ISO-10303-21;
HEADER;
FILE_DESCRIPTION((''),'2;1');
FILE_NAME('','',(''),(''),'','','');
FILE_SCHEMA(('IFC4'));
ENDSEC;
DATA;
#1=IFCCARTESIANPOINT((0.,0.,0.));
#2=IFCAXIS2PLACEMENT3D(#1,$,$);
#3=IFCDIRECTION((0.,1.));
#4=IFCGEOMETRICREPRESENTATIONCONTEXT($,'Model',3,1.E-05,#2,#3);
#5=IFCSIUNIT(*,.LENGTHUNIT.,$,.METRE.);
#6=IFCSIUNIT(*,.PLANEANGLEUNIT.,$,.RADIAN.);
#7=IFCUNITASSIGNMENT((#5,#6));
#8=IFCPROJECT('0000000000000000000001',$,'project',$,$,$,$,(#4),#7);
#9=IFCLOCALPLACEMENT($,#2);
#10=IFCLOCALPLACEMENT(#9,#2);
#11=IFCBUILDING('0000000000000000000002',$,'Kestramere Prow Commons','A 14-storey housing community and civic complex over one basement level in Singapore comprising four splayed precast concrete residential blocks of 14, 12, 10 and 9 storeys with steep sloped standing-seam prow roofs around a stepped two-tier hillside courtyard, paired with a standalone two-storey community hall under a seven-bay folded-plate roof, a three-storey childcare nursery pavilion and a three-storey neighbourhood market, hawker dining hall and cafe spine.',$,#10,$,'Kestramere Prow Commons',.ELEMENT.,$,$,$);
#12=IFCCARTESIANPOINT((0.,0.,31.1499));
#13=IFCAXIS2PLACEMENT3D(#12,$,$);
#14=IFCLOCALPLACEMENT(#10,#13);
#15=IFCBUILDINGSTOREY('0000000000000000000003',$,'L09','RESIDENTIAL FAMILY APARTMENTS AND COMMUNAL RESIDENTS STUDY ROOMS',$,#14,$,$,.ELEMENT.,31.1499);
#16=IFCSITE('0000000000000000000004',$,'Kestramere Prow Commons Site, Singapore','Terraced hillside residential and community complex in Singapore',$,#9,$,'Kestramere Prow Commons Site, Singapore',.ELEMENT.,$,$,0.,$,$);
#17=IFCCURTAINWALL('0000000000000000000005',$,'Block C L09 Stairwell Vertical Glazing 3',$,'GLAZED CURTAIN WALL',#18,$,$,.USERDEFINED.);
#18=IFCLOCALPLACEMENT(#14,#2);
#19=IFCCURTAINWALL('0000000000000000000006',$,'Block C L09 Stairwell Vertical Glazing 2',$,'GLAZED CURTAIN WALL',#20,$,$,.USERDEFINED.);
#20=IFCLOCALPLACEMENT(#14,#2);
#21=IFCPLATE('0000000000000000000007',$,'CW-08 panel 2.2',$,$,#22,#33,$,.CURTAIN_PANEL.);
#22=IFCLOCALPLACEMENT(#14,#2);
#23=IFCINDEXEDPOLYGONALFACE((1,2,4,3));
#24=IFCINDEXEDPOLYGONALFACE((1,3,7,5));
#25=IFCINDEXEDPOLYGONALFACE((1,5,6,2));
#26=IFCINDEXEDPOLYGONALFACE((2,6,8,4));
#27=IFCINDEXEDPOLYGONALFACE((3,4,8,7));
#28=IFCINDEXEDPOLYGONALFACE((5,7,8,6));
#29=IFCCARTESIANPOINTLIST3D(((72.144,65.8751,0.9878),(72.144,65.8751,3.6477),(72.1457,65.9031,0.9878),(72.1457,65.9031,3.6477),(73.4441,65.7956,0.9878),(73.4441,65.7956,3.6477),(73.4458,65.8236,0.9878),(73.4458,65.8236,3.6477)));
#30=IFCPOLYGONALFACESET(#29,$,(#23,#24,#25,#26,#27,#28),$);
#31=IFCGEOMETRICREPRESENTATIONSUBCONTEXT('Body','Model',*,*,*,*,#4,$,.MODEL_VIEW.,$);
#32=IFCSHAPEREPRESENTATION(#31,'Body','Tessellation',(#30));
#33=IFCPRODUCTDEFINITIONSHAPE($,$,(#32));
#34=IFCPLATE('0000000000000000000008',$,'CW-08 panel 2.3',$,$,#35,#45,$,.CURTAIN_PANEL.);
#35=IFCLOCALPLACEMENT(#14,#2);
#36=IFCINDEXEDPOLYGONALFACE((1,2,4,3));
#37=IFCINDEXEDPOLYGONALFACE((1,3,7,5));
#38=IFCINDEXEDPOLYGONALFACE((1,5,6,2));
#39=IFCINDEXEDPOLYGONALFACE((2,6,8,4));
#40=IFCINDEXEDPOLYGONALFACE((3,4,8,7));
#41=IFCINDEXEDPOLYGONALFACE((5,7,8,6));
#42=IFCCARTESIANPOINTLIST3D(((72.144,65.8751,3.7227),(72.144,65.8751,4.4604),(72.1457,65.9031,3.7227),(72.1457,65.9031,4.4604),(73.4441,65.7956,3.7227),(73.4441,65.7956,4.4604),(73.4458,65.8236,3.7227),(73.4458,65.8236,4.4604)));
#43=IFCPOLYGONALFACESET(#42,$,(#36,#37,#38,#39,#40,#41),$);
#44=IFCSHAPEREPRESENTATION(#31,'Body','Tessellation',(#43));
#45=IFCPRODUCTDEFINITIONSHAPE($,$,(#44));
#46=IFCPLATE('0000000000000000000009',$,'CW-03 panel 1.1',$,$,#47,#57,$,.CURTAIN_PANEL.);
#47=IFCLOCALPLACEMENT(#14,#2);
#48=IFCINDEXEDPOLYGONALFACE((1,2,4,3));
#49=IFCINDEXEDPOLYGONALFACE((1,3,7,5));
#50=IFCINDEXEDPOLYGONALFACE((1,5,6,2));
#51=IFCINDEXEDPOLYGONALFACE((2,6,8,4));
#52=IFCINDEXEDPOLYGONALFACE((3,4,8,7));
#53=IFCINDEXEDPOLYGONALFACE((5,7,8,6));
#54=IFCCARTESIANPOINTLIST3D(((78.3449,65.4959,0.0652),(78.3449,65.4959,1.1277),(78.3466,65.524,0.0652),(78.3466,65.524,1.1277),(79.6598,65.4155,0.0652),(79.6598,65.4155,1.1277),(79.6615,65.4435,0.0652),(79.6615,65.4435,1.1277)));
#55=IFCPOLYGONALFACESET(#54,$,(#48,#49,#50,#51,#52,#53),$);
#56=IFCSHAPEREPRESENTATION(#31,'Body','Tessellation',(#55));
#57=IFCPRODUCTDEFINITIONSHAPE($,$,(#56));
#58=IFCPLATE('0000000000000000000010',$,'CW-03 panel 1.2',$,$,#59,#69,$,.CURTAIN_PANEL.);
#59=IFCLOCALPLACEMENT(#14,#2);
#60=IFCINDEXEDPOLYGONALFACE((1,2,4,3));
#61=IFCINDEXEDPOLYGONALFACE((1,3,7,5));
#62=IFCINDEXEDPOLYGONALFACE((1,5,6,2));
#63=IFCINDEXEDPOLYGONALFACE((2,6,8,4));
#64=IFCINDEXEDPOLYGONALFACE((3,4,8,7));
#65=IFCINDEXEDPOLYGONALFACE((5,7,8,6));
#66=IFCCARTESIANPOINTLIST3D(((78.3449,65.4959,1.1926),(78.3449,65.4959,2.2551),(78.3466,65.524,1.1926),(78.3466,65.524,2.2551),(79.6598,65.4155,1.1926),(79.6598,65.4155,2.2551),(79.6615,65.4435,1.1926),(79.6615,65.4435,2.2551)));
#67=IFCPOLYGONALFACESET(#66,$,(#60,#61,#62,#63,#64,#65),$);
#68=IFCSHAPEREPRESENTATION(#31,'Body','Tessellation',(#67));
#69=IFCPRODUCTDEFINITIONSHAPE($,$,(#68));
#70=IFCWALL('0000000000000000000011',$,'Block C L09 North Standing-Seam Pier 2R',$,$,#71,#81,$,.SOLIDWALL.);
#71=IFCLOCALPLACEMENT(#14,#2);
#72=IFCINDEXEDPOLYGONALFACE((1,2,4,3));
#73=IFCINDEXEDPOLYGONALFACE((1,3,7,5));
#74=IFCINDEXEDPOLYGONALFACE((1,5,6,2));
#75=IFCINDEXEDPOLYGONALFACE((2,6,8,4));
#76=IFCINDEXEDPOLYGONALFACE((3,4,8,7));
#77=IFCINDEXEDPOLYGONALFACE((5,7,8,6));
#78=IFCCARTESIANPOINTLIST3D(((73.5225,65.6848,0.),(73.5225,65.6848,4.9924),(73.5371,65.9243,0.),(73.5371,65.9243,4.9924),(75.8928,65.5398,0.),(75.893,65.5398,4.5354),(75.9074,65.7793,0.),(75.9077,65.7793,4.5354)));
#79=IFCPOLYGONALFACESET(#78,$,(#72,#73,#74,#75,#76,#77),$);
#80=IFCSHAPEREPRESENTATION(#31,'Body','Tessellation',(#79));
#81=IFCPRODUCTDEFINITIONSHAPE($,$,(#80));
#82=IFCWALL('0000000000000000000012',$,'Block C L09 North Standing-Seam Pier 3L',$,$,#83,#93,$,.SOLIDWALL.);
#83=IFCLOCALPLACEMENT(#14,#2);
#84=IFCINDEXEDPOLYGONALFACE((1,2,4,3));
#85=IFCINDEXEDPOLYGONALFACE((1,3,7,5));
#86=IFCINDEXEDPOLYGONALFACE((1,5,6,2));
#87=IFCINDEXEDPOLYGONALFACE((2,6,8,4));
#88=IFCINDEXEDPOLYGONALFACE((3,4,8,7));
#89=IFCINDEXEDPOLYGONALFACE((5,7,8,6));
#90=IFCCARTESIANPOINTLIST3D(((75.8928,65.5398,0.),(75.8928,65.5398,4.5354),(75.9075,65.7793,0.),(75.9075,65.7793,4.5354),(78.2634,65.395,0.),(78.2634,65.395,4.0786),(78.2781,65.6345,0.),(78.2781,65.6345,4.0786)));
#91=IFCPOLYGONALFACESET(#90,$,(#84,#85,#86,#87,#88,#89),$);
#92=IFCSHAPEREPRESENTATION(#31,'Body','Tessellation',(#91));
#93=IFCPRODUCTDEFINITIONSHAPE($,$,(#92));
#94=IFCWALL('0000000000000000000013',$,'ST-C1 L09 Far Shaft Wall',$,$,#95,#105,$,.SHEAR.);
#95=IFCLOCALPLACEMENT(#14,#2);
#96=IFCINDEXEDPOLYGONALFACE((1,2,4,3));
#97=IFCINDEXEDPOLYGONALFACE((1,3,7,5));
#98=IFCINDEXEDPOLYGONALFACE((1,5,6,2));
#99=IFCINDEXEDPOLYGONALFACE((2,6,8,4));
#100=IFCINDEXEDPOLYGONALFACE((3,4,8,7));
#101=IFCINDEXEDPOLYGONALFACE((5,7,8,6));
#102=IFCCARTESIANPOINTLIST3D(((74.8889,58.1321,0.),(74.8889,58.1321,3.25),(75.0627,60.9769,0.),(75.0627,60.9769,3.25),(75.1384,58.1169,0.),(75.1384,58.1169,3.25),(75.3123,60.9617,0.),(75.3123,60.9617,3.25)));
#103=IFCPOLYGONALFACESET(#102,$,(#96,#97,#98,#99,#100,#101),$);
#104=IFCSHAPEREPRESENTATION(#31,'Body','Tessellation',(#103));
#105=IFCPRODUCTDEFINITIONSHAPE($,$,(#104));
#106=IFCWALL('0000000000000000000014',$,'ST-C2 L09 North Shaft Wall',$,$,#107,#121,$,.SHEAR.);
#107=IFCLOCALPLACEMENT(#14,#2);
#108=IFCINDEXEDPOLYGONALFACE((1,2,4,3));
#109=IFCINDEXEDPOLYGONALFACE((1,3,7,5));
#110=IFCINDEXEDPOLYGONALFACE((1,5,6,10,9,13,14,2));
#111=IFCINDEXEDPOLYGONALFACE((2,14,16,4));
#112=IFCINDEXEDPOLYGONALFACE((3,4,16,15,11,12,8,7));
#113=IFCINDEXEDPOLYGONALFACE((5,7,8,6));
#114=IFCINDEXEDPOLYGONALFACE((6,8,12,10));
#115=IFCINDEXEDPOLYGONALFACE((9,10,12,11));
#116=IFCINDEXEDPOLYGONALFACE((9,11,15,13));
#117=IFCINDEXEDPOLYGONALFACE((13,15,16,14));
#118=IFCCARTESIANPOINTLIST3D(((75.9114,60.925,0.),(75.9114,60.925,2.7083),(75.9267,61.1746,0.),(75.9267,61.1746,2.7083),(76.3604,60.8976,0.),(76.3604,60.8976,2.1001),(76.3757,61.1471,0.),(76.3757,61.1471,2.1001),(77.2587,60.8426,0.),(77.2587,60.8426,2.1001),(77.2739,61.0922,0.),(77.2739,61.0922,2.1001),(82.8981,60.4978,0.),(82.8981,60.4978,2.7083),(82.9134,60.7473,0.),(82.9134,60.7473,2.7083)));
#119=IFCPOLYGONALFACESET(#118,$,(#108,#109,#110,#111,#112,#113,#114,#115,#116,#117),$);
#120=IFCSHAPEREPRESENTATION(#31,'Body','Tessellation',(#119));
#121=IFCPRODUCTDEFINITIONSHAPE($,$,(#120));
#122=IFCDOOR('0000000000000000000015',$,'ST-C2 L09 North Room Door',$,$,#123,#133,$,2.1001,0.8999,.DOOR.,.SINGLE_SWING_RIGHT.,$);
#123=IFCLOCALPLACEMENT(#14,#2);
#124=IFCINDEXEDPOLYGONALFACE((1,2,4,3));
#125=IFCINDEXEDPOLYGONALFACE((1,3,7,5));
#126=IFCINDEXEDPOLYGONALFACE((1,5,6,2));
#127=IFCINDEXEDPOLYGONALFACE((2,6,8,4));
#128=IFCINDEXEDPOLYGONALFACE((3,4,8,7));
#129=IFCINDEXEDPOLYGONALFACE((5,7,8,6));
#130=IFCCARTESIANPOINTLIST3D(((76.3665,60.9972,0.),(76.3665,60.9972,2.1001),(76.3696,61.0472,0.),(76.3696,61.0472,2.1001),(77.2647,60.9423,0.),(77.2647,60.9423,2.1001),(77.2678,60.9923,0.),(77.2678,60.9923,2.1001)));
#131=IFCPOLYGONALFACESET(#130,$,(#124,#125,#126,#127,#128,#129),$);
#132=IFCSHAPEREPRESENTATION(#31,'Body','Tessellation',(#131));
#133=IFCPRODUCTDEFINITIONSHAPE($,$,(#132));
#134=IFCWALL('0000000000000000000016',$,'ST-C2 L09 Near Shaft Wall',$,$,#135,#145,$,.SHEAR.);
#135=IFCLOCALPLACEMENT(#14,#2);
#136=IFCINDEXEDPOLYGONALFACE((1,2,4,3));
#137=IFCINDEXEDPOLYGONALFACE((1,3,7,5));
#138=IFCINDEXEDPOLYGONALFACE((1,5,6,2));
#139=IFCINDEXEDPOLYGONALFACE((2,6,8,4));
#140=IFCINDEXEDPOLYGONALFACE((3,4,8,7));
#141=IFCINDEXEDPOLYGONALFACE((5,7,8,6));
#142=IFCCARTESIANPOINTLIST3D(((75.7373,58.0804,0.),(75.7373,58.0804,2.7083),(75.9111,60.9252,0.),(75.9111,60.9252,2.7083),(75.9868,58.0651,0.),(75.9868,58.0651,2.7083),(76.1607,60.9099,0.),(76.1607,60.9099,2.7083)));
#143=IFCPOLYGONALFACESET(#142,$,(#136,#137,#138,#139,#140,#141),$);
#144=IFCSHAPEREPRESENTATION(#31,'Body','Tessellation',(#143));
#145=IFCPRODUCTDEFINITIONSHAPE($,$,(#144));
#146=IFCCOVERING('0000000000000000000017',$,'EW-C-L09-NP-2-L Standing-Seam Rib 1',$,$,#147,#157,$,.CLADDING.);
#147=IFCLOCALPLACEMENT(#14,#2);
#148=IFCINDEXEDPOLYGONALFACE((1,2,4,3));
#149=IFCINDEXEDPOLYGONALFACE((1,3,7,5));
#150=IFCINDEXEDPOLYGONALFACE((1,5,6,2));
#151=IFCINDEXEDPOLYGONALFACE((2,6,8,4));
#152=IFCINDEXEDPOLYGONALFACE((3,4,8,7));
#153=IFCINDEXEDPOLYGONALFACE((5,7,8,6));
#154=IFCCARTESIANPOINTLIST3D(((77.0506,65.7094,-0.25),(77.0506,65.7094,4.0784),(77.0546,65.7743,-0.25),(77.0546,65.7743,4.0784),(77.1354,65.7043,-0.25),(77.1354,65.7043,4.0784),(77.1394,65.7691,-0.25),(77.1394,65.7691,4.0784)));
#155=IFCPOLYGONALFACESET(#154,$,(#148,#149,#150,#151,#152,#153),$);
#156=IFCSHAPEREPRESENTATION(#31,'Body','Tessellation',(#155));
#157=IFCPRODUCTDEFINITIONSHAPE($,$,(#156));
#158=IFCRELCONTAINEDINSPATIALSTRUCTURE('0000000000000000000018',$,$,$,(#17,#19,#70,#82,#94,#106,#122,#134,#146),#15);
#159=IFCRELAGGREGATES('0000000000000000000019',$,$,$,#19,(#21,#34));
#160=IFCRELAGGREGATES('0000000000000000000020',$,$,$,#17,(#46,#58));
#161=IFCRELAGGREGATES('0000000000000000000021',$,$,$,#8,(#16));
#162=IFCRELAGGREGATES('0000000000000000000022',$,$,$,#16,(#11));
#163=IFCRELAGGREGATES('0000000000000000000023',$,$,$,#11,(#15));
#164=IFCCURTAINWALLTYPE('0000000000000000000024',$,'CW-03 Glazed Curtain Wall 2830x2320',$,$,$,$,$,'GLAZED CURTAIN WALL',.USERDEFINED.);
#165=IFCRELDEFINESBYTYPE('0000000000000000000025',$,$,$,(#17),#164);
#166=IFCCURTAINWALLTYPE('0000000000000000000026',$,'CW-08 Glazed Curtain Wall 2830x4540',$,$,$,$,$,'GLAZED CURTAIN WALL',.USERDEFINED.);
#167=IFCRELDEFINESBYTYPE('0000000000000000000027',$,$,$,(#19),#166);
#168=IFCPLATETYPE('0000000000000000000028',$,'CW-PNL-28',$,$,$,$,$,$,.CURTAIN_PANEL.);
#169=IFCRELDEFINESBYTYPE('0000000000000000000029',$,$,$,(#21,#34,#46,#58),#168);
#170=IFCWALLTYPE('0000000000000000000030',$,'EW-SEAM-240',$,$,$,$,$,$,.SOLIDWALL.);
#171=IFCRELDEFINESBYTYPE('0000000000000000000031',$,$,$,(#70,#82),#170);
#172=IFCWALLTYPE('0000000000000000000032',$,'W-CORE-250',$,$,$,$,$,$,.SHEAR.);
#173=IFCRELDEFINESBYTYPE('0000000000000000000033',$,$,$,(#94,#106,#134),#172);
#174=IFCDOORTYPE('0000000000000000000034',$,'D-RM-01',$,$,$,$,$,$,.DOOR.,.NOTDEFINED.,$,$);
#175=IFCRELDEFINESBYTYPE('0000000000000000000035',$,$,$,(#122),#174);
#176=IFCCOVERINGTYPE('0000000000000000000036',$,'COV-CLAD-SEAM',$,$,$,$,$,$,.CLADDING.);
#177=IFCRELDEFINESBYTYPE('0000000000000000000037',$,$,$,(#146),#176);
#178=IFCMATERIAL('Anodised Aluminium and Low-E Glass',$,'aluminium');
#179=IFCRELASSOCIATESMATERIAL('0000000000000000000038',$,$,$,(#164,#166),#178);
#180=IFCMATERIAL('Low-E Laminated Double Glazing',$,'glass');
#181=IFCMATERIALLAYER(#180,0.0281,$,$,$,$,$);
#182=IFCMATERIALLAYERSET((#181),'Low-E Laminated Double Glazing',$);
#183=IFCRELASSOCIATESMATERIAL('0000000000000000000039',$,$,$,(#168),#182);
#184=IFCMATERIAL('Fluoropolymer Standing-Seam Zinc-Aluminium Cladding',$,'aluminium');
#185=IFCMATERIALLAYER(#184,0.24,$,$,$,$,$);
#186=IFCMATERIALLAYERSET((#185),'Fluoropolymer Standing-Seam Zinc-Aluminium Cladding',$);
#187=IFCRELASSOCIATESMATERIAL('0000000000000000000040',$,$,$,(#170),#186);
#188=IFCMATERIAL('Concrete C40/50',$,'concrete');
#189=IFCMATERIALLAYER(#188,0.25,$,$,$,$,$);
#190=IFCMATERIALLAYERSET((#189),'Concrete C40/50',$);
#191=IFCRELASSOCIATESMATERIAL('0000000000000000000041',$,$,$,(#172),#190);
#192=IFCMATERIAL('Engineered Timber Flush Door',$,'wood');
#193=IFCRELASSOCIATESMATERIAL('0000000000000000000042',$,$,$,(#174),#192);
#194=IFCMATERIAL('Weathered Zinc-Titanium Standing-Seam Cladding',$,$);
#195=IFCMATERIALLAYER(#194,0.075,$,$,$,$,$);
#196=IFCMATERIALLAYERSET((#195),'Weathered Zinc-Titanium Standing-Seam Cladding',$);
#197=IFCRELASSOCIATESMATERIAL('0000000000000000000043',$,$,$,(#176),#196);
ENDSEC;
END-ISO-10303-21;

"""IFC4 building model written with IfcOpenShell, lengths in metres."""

from ifc_helpers import new_model, si_unit, direction, frame, frame_2d, origin, origin_2d, place, context, subcontext, project, spatial, polyline, rectangle, outline, extrude, material, layer, layer_set, type_object, element, fill, aggregate, save


model = new_model("IFC4")

# Units and contexts
model_context = context("Model", 3, precision=1e-05, world=origin(), true_north=direction((0.0, 1.0)))
body_context = subcontext(model_context, "Body", "Model", "MODEL_VIEW")
ifc_project = project(units=[si_unit("LENGTHUNIT", "METRE"), si_unit("PLANEANGLEUNIT", "RADIAN")], contexts=[model_context])

# Site, building, storey
site_placement = place(None, origin())
site = spatial("IfcSite", under=ifc_project, at=site_placement, Name="Kestramere Prow Commons Site, Singapore", Description="Terraced hillside residential and community complex in Singapore", LongName="Kestramere Prow Commons Site, Singapore", CompositionType="ELEMENT", RefElevation=0.0)
building_placement = place(site_placement, origin())
building = spatial("IfcBuilding", under=site, at=building_placement, Name="Kestramere Prow Commons", Description="A 14-storey housing community and civic complex over one basement level in Singapore comprising four splayed precast concrete residential blocks of 14, 12, 10 and 9 storeys with steep sloped standing-seam prow roofs around a stepped two-tier hillside courtyard, paired with a standalone two-storey community hall under a seven-bay folded-plate roof, a three-storey childcare nursery pavilion and a three-storey neighbourhood market, hawker dining hall and cafe spine.", LongName="Kestramere Prow Commons", CompositionType="ELEMENT")
storey_placement = place(building_placement, frame((0.0, 0.0, 31.1499)))
storey = spatial("IfcBuildingStorey", under=building, at=storey_placement, Name="L09", Description="RESIDENTIAL FAMILY APARTMENTS AND COMMUNAL RESIDENTS STUDY ROOMS", CompositionType="ELEMENT", Elevation=31.1499)

# Curtain wall
ifc_material_1 = material(Name="Anodised Aluminium and Low-E Glass", Category="aluminium")
curtain_wall_type_1 = type_object("IfcCurtainWallType", Name="CW-03 Glazed Curtain Wall 2830x2320", ElementType="GLAZED CURTAIN WALL", PredefinedType="USERDEFINED", material=ifc_material_1)
curtain_wall_1_placement = place(storey_placement, origin())
curtain_wall_1 = element("IfcCurtainWall", 1, at=curtain_wall_1_placement, inside=storey, type_object=curtain_wall_type_1, Name="Block C L09 Stairwell Vertical Glazing 3", ObjectType="GLAZED CURTAIN WALL", PredefinedType="USERDEFINED")

# Curtain wall
curtain_wall_type_2 = type_object("IfcCurtainWallType", Name="CW-08 Glazed Curtain Wall 2830x4540", ElementType="GLAZED CURTAIN WALL", PredefinedType="USERDEFINED", material=ifc_material_1)
curtain_wall_2_placement = place(storey_placement, origin())
curtain_wall_2 = element("IfcCurtainWall", 2, at=curtain_wall_2_placement, inside=storey, type_object=curtain_wall_type_2, Name="Block C L09 Stairwell Vertical Glazing 2", ObjectType="GLAZED CURTAIN WALL", PredefinedType="USERDEFINED")

# Plates
ifc_material_2 = material(Name="Low-E Laminated Double Glazing", Category="glass")
ifc_layer_1 = layer(ifc_material_2, 0.0281)
ifc_layer_set_1 = layer_set([ifc_layer_1], Name="Low-E Laminated Double Glazing")
plate_type = type_object("IfcPlateType", Name="CW-PNL-28", PredefinedType="CURTAIN_PANEL", material=ifc_layer_set_1)
plate_1_placement = place(storey_placement, frame((72.7949, 65.8494, 0.9878), z_axis=(0.0, 0.0, 1.0), x_axis=(0.998135, -0.061048, 0.0)))
plate_1 = element("IfcPlate", 3, at=plate_1_placement, type_object=plate_type, Name="CW-08 panel 2.2", PredefinedType="CURTAIN_PANEL", context=body_context, shape_type="SweptSolid", body=[
    extrude(rectangle(XDim=1.3025, YDim=0.0281, at=origin_2d()), origin(), (0.0, 0.0, 1.0), 2.6599),
])
plate_2_placement = place(storey_placement, frame((72.7949, 65.8494, 3.7227), z_axis=(0.0, 0.0, 1.0), x_axis=(0.998135, -0.061048, 0.0)))
plate_2 = element("IfcPlate", 4, at=plate_2_placement, type_object=plate_type, Name="CW-08 panel 2.3", PredefinedType="CURTAIN_PANEL", context=body_context, shape_type="SweptSolid", body=[
    extrude(rectangle(XDim=1.3025, YDim=0.0281, at=origin_2d()), origin(), (0.0, 0.0, 1.0), 0.7378),
])
aggregate(curtain_wall_2, [plate_1, plate_2])
plate_3_placement = place(storey_placement, frame((79.0032, 65.4697, 0.0652), z_axis=(0.0, 0.0, 1.0), x_axis=(0.998135, -0.061048, 0.0)))
plate_3 = element("IfcPlate", 5, at=plate_3_placement, type_object=plate_type, Name="CW-03 panel 1.1", PredefinedType="CURTAIN_PANEL", context=body_context, shape_type="SweptSolid", body=[
    extrude(rectangle(XDim=1.3174, YDim=0.0281, at=origin_2d()), origin(), (0.0, 0.0, 1.0), 1.0625),
])
plate_4_placement = place(storey_placement, frame((79.0032, 65.4697, 1.1926), z_axis=(0.0, 0.0, 1.0), x_axis=(0.998135, -0.061048, 0.0)))
plate_4 = element("IfcPlate", 6, at=plate_4_placement, type_object=plate_type, Name="CW-03 panel 1.2", PredefinedType="CURTAIN_PANEL", context=body_context, shape_type="SweptSolid", body=[
    extrude(rectangle(XDim=1.3174, YDim=0.0281, at=origin_2d()), origin(), (0.0, 0.0, 1.0), 1.0625),
])
aggregate(curtain_wall_1, [plate_3, plate_4])

# Walls
ifc_material_3 = material(Name="Fluoropolymer Standing-Seam Zinc-Aluminium Cladding", Category="aluminium")
ifc_layer_2 = layer(ifc_material_3, 0.24)
ifc_layer_set_2 = layer_set([ifc_layer_2], Name="Fluoropolymer Standing-Seam Zinc-Aluminium Cladding")
wall_type_1 = type_object("IfcWallType", Name="EW-SEAM-240", PredefinedType="SOLIDWALL", material=ifc_layer_set_2)
wall_1_placement = place(storey_placement, frame((73.5298, 65.8044, 0.0), z_axis=(0.0, 0.0, 1.0), x_axis=(0.998134, -0.061066, 0.0)))
element("IfcWall", 7, at=wall_1_placement, inside=storey, type_object=wall_type_1, Name="Block C L09 North Standing-Seam Pier 2R", PredefinedType="SOLIDWALL", context=body_context, shape_type="SweptSolid", body=[
    extrude(outline(polyline([(0.0, 0.0), (2.3748, 0.0), (2.375, 4.5354), (0.0, 4.9924), (0.0, 0.0)])), frame((0.0, 0.1201, 0.0), z_axis=(0.0, -1.0, 0.0), x_axis=(1.0, 0.0, 0.0)), (0.0, 0.0, 1.0), 0.24),
])
wall_2_placement = place(storey_placement, frame((75.9001, 65.6594, 0.0), z_axis=(0.0, 0.0, 1.0), x_axis=(0.99814, -0.060957, 0.0)))
element("IfcWall", 8, at=wall_2_placement, inside=storey, type_object=wall_type_1, Name="Block C L09 North Standing-Seam Pier 3L", PredefinedType="SOLIDWALL", context=body_context, shape_type="SweptSolid", body=[
    extrude(outline(polyline([(0.0, 0.0), (2.375, 0.0), (2.375, 4.0786), (0.0, 4.5354), (0.0, 0.0)])), frame((0.0, 0.1201, 0.0), z_axis=(0.0, -1.0, 0.0), x_axis=(1.0, 0.0, 0.0)), (0.0, 0.0, 1.0), 0.24),
])
ifc_material_4 = material(Name="Concrete C40/50", Category="concrete")
ifc_layer_3 = layer(ifc_material_4, 0.25)
ifc_layer_set_3 = layer_set([ifc_layer_3], Name="Concrete C40/50")
wall_type_2 = type_object("IfcWallType", Name="W-CORE-250", PredefinedType="SHEAR", material=ifc_layer_set_3)
wall_3_placement = place(storey_placement, frame((75.0137, 58.1245, 0.0), z_axis=(0.0, 0.0, 1.0), x_axis=(0.060992, 0.998138, 0.0)))
element("IfcWall", 9, at=wall_3_placement, inside=storey, type_object=wall_type_2, Name="ST-C1 L09 Far Shaft Wall", PredefinedType="SHEAR", context=body_context, shape_type="SweptSolid", body=[
    extrude(rectangle(XDim=2.8501, YDim=0.25, at=frame_2d((1.425, 0.0))), origin(), (0.0, 0.0, 1.0), 3.25),
])

# Wall, opening, door
wall_4_placement = place(storey_placement, frame((75.9189, 61.0498, 0.0), z_axis=(0.0, 0.0, 1.0), x_axis=(0.998136, -0.061036, 0.0)))
wall_4 = element("IfcWall", 10, at=wall_4_placement, inside=storey, type_object=wall_type_2, Name="ST-C2 L09 North Shaft Wall", PredefinedType="SHEAR", context=body_context, shape_type="SweptSolid", body=[
    extrude(rectangle(XDim=6.9998, YDim=0.25, at=frame_2d((3.5, 0.0))), origin(), (0.0, 0.0, 1.0), 2.7083),
])
opening_1_placement = place(wall_4_placement, frame((0.45, 0.0, 0.0)))
opening_1 = element("IfcOpeningElement", 11, at=opening_1_placement, cuts=wall_4, PredefinedType="OPENING", context=body_context, shape_type="SweptSolid", body=[
    extrude(rectangle(XDim=0.8999, YDim=2.1001, at=frame_2d((0.45, 1.05))), frame((0.0, 0.1399, 0.0), z_axis=(0.0, -1.0, 0.0), x_axis=(1.0, 0.0, 0.0)), (0.0, 0.0, 1.0), 0.28),
])
ifc_material_5 = material(Name="Engineered Timber Flush Door", Category="wood")
door_type_1 = type_object("IfcDoorType", Name="D-RM-01", OperationType="NOTDEFINED", PredefinedType="DOOR", material=ifc_material_5)
door_1_placement = place(opening_1_placement, origin())
door_1 = element("IfcDoor", 12, at=door_1_placement, inside=storey, type_object=door_type_1, Name="ST-C2 L09 North Room Door", OperationType="SINGLE_SWING_RIGHT", OverallHeight=2.1001, OverallWidth=0.8999, PredefinedType="DOOR", context=body_context, shape_type="SweptSolid", body=[
    extrude(rectangle(XDim=0.8999, YDim=2.1001, at=frame_2d((0.45, 1.05))), frame((0.0, 0.0249, 0.0), z_axis=(0.0, -1.0, 0.0), x_axis=(1.0, 0.0, 0.0)), (0.0, 0.0, 1.0), 0.05),
])
fill(opening_1, door_1)

# Wall
wall_5_placement = place(storey_placement, frame((75.8621, 58.0728, 0.0), z_axis=(0.0, 0.0, 1.0), x_axis=(0.060992, 0.998138, 0.0)))
element("IfcWall", 13, at=wall_5_placement, inside=storey, type_object=wall_type_2, Name="ST-C2 L09 Near Shaft Wall", PredefinedType="SHEAR", context=body_context, shape_type="SweptSolid", body=[
    extrude(rectangle(XDim=2.8501, YDim=0.25, at=frame_2d((1.425, 0.0))), origin(), (0.0, 0.0, 1.0), 2.7083),
])

# Covering
ifc_material_6 = material(Name="Weathered Zinc-Titanium Standing-Seam Cladding")
ifc_layer_4 = layer(ifc_material_6, 0.075)
ifc_layer_set_4 = layer_set([ifc_layer_4], Name="Weathered Zinc-Titanium Standing-Seam Cladding")
covering_type = type_object("IfcCoveringType", Name="COV-CLAD-SEAM", PredefinedType="CLADDING", material=ifc_layer_set_4)
covering_placement = place(storey_placement, frame((77.095, 65.7393, -0.25), z_axis=(0.0, 0.0, 1.0), x_axis=(0.998135, -0.061049, 0.0)))
element("IfcCovering", 14, at=covering_placement, inside=storey, type_object=covering_type, Name="EW-C-L09-NP-2-L Standing-Seam Rib 1", PredefinedType="CLADDING", context=body_context, shape_type="SweptSolid", body=[
    extrude(rectangle(XDim=0.085, YDim=0.0649, at=origin_2d()), origin(), (0.0, 0.0, 1.0), 4.3284),
])

save(model, "model.ifc")
